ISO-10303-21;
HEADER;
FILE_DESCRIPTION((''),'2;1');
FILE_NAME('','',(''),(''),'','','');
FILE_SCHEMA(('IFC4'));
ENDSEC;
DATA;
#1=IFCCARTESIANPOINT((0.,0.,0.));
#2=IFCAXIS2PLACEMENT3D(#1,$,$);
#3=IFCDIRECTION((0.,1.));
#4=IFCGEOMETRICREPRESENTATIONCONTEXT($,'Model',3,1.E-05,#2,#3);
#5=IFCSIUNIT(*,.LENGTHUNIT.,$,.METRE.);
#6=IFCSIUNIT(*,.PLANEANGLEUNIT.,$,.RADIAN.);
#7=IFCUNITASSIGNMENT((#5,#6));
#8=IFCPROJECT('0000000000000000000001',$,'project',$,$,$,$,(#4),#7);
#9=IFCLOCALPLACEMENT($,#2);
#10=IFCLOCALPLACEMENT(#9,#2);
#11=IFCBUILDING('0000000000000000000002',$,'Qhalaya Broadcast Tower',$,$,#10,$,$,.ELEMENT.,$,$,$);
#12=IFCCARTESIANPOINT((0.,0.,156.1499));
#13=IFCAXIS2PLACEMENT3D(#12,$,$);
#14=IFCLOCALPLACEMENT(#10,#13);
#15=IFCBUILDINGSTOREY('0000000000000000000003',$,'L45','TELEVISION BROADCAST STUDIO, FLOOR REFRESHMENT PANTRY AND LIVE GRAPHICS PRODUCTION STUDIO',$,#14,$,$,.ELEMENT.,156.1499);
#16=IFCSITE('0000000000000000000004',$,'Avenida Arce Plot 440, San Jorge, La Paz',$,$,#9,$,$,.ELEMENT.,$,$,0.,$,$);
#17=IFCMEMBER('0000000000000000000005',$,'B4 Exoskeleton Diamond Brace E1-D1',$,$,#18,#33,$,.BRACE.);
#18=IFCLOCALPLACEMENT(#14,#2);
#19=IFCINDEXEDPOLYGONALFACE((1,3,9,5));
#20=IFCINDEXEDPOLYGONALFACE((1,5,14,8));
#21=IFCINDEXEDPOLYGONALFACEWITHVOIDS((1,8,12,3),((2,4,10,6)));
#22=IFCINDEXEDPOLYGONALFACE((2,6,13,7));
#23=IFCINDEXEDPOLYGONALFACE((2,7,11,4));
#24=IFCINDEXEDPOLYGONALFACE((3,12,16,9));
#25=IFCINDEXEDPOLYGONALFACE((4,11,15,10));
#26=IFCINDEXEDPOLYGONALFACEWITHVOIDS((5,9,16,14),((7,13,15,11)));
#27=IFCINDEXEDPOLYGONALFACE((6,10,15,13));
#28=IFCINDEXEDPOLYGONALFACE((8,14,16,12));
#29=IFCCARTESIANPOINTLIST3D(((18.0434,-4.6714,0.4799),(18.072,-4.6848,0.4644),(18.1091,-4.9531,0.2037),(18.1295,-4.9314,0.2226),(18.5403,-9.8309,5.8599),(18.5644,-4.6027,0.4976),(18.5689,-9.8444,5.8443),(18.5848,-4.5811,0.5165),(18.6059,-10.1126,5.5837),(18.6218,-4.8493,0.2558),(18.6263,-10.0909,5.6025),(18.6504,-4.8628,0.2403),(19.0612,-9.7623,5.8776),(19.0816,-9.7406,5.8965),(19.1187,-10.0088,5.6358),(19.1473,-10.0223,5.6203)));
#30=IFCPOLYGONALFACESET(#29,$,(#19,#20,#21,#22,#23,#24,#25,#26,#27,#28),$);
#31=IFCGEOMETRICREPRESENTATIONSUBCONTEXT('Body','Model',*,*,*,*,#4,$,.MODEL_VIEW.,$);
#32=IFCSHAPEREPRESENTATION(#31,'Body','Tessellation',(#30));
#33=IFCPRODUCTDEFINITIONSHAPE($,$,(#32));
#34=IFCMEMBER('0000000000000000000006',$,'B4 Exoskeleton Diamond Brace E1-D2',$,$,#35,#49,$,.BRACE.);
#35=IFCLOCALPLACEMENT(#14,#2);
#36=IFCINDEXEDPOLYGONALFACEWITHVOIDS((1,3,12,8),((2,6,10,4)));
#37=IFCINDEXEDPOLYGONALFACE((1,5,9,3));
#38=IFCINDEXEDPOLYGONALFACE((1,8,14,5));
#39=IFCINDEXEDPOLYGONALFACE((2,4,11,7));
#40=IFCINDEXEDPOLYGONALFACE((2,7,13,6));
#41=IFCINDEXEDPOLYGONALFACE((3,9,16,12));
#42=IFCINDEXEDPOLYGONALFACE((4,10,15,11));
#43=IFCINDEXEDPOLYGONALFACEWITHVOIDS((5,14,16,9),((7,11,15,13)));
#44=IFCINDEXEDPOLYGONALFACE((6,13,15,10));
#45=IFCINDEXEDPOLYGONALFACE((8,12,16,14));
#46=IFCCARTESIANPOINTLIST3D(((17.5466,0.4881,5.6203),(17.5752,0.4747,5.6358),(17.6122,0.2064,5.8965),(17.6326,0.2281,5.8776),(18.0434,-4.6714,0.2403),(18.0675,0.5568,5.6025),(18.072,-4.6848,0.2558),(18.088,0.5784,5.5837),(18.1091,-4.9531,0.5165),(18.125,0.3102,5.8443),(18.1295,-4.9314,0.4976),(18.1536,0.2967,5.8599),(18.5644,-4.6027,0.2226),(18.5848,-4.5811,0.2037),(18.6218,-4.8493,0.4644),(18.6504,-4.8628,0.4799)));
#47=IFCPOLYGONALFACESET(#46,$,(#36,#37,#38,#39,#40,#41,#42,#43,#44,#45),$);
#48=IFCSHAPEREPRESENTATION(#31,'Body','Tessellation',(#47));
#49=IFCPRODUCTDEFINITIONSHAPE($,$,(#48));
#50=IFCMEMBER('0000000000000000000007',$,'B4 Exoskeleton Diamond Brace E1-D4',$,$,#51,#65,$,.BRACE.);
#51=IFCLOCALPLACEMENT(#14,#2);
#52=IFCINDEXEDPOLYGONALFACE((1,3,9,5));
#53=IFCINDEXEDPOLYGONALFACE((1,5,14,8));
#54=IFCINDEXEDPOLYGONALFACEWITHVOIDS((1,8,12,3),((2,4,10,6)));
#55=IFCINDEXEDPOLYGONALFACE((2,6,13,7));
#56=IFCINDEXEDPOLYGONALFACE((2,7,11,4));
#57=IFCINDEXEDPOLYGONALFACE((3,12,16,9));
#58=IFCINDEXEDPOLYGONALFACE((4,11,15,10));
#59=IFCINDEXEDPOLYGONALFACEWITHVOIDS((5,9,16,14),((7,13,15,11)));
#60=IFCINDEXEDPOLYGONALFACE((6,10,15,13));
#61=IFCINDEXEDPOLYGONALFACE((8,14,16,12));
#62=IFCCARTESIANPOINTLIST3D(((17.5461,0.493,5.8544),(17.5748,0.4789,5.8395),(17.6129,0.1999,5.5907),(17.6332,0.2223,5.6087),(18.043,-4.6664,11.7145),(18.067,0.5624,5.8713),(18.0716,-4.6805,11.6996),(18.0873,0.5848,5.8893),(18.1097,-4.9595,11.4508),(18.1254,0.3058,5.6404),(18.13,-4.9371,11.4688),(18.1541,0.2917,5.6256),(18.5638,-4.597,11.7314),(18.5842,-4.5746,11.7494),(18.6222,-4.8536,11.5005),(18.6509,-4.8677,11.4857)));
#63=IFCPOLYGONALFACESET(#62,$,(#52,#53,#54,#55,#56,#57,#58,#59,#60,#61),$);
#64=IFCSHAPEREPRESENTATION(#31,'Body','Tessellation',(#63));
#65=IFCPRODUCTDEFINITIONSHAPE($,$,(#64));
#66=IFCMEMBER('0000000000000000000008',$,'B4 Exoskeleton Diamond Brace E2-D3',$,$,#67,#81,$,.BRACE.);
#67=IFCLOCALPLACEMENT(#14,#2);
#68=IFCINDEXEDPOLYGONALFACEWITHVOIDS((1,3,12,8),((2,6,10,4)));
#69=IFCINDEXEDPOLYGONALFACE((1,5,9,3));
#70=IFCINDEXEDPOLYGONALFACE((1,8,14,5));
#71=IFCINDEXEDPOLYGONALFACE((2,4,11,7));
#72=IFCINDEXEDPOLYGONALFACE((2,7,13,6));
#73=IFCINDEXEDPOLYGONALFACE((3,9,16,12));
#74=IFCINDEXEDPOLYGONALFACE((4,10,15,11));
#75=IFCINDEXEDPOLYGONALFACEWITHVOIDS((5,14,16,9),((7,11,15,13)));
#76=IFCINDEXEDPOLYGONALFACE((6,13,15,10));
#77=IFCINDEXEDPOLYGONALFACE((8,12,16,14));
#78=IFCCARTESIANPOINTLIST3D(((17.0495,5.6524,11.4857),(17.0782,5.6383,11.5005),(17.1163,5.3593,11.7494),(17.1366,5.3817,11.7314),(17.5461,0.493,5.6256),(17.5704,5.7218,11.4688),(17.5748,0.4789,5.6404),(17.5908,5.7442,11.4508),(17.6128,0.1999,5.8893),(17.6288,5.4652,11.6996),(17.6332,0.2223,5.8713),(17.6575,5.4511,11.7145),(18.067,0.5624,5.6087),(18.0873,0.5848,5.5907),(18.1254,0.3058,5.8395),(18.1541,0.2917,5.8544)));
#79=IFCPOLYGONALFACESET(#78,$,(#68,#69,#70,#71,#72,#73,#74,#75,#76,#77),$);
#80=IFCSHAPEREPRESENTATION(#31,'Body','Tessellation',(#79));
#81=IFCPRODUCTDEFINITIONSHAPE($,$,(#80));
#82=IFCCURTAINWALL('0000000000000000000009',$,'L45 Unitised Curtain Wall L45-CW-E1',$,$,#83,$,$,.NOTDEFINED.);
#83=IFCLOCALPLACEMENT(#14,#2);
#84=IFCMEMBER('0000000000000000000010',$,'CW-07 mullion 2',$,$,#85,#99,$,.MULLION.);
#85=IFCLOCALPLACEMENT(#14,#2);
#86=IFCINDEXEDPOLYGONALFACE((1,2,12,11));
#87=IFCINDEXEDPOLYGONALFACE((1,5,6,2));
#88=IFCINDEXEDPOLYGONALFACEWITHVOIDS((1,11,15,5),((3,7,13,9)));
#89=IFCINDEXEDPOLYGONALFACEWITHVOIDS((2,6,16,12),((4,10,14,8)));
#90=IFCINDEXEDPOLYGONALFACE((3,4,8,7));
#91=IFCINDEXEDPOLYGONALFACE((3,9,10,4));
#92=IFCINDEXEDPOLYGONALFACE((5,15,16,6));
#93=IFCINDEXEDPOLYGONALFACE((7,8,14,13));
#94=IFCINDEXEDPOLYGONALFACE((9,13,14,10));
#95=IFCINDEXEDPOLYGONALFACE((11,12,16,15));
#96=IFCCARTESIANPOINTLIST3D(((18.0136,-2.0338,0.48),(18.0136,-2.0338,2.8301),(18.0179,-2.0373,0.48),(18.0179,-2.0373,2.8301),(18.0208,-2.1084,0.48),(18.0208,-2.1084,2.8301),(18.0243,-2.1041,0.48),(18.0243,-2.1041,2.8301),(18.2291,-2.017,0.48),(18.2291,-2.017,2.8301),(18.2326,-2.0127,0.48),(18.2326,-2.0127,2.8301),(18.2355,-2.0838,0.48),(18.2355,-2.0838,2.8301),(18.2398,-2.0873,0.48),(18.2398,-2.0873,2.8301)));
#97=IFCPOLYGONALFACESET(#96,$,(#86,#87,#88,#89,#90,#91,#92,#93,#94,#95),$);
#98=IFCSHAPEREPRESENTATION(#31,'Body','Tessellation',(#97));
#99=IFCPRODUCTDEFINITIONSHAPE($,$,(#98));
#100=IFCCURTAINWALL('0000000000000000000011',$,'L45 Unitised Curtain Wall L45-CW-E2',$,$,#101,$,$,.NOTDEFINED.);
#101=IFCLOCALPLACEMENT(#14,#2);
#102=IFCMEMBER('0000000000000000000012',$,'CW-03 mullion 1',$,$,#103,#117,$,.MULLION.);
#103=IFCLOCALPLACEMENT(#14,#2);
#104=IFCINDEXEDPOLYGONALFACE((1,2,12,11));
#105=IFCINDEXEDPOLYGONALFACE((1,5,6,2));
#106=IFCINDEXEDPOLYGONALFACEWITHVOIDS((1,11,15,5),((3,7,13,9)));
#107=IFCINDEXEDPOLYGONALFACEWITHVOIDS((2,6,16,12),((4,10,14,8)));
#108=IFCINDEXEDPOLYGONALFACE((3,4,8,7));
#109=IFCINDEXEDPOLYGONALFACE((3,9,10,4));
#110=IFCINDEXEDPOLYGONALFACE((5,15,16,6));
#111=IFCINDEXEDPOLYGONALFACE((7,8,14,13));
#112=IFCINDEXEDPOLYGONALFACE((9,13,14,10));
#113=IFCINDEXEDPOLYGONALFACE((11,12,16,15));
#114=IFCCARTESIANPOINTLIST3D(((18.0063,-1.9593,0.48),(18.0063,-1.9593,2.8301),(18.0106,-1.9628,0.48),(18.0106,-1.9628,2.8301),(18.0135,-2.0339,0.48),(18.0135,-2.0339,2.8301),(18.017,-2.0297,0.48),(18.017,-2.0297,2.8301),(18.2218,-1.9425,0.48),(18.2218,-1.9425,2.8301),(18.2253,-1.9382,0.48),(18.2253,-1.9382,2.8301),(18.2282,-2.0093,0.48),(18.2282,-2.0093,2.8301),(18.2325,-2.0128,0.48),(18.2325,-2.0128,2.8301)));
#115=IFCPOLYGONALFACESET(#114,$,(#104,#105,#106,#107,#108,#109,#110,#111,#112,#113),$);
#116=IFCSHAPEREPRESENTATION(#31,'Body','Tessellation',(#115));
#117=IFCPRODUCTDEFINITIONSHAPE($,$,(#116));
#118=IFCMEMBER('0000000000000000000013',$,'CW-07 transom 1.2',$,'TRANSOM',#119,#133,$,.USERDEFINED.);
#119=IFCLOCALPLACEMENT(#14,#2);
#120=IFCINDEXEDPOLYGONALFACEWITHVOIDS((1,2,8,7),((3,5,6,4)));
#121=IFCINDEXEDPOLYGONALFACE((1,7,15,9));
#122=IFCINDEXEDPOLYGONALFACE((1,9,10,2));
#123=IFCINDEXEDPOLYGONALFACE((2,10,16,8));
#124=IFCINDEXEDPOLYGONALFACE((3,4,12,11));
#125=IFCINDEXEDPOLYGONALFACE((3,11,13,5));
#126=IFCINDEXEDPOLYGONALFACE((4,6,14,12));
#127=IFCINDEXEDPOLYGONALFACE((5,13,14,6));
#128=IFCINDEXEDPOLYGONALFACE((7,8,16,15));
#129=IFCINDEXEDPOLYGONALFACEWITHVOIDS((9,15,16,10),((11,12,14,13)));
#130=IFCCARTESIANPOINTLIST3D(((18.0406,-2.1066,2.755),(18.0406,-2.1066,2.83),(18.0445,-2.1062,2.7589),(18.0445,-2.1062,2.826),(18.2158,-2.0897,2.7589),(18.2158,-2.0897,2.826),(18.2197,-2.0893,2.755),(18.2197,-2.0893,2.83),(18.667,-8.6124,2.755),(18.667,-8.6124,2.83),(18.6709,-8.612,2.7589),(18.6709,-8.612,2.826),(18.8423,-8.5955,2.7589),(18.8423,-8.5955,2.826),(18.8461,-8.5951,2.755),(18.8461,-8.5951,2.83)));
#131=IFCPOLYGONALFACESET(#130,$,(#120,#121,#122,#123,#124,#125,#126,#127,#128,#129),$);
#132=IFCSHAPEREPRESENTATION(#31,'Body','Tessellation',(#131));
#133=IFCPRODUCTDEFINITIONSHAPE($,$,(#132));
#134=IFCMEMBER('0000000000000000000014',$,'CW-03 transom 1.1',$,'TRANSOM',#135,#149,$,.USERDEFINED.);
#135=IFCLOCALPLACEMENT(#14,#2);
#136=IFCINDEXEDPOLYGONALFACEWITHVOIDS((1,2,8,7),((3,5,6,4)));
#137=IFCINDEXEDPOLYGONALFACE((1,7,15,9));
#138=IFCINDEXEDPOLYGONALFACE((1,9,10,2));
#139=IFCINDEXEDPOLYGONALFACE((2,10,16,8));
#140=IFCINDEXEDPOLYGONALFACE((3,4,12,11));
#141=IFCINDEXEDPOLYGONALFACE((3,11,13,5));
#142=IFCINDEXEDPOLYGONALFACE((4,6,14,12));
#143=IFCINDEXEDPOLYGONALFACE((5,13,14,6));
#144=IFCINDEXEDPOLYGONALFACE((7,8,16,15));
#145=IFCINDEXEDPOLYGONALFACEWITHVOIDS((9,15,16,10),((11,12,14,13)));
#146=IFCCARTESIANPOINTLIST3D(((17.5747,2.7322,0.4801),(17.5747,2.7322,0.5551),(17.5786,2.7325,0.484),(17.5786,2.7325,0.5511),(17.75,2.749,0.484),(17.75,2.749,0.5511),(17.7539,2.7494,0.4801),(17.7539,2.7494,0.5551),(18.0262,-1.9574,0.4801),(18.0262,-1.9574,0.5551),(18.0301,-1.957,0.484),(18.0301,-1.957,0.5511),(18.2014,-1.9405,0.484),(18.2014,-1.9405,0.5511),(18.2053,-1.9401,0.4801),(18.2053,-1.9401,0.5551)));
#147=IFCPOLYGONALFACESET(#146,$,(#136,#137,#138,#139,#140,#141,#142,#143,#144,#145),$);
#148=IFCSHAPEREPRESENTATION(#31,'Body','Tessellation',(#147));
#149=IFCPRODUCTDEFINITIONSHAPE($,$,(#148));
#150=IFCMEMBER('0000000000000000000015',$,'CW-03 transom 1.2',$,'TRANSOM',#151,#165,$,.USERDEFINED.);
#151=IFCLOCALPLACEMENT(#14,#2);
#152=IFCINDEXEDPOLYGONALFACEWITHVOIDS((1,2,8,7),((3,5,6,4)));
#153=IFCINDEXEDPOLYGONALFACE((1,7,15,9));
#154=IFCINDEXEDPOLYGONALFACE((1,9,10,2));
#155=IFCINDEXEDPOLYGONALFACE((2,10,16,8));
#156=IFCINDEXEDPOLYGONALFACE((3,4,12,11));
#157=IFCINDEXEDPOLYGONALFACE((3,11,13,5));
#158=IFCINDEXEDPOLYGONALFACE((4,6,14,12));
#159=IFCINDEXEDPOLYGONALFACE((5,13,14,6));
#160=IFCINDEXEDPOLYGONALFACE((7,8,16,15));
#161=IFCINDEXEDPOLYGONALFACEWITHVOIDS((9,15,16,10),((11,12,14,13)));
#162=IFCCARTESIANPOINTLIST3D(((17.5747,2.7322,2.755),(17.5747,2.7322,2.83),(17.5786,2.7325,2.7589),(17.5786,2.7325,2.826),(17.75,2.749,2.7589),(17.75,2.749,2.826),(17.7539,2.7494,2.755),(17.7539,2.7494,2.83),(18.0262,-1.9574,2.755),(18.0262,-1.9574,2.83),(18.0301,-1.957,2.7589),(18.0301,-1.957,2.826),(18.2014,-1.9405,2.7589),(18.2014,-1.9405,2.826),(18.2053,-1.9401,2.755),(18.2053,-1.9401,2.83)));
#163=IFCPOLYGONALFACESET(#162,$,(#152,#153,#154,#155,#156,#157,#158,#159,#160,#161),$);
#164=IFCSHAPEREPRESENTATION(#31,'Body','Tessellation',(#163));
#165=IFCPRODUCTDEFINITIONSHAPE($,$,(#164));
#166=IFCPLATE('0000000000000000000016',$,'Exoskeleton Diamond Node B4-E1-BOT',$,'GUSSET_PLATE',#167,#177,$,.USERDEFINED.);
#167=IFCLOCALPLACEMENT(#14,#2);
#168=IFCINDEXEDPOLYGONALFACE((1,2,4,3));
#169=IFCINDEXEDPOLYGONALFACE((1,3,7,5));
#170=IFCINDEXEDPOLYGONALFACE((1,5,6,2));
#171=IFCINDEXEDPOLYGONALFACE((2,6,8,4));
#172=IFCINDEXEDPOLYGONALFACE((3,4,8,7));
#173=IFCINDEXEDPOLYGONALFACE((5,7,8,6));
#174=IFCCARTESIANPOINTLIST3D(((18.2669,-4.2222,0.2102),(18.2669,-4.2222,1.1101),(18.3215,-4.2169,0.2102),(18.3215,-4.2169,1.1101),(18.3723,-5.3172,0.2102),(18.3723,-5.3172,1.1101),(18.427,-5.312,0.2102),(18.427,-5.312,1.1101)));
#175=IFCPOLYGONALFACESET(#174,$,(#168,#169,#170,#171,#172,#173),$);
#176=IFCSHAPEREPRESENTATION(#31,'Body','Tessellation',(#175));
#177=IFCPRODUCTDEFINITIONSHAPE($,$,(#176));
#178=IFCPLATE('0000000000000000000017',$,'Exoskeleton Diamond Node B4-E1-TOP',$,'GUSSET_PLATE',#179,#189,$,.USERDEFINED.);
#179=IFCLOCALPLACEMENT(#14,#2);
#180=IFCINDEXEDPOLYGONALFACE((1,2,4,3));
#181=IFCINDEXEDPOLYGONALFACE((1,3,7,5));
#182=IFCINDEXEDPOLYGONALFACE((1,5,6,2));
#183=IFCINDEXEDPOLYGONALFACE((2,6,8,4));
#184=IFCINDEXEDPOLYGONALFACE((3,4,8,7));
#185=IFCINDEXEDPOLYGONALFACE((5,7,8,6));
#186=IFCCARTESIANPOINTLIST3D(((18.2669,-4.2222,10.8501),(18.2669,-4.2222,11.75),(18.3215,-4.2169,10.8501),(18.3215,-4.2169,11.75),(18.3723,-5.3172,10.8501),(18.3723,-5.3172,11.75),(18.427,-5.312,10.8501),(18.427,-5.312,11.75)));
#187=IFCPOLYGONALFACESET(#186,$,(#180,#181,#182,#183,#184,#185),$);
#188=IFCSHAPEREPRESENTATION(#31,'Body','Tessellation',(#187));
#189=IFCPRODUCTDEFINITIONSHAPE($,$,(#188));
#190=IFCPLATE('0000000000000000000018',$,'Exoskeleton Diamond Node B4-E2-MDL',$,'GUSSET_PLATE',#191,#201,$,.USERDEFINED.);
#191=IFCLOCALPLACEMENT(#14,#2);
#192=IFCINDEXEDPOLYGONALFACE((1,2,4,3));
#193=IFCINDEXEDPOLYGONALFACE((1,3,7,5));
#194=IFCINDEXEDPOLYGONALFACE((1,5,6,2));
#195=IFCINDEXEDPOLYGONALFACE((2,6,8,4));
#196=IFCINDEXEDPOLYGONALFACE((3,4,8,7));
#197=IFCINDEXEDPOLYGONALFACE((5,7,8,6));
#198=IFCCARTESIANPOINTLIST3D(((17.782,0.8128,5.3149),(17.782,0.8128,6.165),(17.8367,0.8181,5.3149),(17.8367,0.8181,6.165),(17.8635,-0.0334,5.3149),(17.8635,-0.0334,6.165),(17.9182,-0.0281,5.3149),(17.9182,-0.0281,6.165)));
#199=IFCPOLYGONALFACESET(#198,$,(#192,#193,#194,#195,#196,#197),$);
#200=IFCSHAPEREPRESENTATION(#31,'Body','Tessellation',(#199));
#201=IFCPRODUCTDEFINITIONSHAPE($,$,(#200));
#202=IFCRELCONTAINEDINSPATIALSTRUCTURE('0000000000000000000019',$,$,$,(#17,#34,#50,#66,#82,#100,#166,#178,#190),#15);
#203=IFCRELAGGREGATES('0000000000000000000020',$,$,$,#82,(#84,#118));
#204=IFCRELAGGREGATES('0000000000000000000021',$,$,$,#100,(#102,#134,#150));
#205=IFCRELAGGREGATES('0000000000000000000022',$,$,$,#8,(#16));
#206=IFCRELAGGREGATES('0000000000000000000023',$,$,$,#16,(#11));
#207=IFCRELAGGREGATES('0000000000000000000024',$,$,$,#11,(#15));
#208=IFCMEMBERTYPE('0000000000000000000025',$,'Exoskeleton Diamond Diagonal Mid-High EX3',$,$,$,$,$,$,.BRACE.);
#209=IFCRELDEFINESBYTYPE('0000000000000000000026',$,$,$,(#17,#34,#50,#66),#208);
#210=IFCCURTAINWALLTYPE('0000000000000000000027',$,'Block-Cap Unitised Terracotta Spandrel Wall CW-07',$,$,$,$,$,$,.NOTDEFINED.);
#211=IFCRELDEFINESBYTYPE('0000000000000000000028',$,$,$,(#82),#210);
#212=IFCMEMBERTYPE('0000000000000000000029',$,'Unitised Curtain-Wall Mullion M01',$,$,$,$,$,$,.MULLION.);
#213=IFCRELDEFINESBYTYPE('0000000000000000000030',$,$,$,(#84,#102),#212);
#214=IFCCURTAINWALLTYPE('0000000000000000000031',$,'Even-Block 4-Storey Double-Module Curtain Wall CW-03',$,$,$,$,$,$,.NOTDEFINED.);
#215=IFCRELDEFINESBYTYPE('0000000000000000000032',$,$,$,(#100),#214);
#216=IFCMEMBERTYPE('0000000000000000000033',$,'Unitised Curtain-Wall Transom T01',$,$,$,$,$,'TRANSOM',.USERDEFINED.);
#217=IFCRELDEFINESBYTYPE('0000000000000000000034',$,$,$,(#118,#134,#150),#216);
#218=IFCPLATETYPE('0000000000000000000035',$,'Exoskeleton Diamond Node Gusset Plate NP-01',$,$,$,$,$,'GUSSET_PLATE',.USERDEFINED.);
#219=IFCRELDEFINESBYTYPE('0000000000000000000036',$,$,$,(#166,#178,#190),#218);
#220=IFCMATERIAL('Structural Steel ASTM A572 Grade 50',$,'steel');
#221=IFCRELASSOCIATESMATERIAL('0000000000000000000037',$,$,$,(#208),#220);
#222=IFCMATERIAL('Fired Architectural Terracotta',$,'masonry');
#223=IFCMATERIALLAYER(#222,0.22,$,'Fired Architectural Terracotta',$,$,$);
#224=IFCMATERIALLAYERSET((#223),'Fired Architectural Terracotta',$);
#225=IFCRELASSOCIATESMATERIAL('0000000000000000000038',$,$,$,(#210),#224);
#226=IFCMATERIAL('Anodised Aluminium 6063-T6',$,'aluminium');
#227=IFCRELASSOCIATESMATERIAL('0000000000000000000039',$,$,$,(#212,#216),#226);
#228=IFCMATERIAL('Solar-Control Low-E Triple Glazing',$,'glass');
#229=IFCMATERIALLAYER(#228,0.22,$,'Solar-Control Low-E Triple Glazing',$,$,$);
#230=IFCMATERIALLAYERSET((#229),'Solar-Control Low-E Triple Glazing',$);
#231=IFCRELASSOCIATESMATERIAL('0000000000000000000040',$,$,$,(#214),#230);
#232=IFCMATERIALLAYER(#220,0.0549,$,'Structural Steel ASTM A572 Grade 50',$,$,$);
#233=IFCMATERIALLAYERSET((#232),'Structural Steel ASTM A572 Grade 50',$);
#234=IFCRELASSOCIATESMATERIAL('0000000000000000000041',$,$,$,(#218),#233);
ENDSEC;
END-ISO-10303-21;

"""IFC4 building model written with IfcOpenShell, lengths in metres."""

from ifc_helpers import new_model, si_unit, direction, frame, origin, origin_2d, place, context, subcontext, project, spatial, rectangle, hollow_rectangle, extrude, material, layer, layer_set, material_profile, profile_set, type_object, element, aggregate, save


model = new_model("IFC4")

# Units and contexts
model_context = context("Model", 3, precision=1e-05, world=origin(), true_north=direction((0.0, 1.0)))
body_context = subcontext(model_context, "Body", "Model", "MODEL_VIEW")
ifc_project = project(units=[si_unit("LENGTHUNIT", "METRE"), si_unit("PLANEANGLEUNIT", "RADIAN")], contexts=[model_context])

# Site, building, storey
site_placement = place(None, origin())
site = spatial("IfcSite", under=ifc_project, at=site_placement, Name="Avenida Arce Plot 440, San Jorge, La Paz", CompositionType="ELEMENT", RefElevation=0.0)
building_placement = place(site_placement, origin())
building = spatial("IfcBuilding", under=site, at=building_placement, Name="Qhalaya Broadcast Tower", CompositionType="ELEMENT")
storey_placement = place(building_placement, frame((0.0, 0.0, 156.1499)))
storey = spatial("IfcBuildingStorey", under=building, at=storey_placement, Name="L45", Description="TELEVISION BROADCAST STUDIO, FLOOR REFRESHMENT PANTRY AND LIVE GRAPHICS PRODUCTION STUDIO", CompositionType="ELEMENT", Elevation=156.1499)

# Members
ifc_material_1 = material(Name="Structural Steel ASTM A572 Grade 50", Category="steel")
ifc_material_profile_1 = material_profile(ifc_material_1, hollow_rectangle(XDim=0.3999, YDim=0.55, WallThickness=0.0249, at=origin_2d()), Name="BOX 400x550x25")
ifc_profile_set_1 = profile_set([ifc_material_profile_1], Name="Structural Steel ASTM A572 Grade 50")
member_type_1 = type_object("IfcMemberType", Name="Exoskeleton Diamond Diagonal Mid-High EX3", PredefinedType="BRACE", material=ifc_profile_set_1)
for number, where, z_axis, x_axis, name in (
    (1, (18.3469, -4.7671, 0.3601), (0.066504, -0.690632, 0.720142), (-0.164113, 0.704339, 0.690632), "B4 Exoskeleton Diamond Brace E1-D1"),
    (2, (18.3469, -4.7671, 0.3601), (-0.066504, 0.690632, 0.720142), (0.164113, -0.704339, 0.690632), "B4 Exoskeleton Diamond Brace E1-D2"),
):
    element("IfcMember", number, at=place(storey_placement, frame(where, z_axis=z_axis, x_axis=x_axis)), inside=storey, type_object=member_type_1, Name=name, PredefinedType="BRACE", context=body_context, shape_type="SweptSolid", body=[
        extrude(hollow_rectangle(XDim=0.3999, YDim=0.55, WallThickness=0.0249, at=origin_2d()), origin(), (0.0, 0.0, 1.0), 7.4707),
    ])
for number, where, z_axis, x_axis, name in (
    (3, (17.8501, 0.3923, 5.74), (0.063504, -0.659477, 0.749038), (-0.16687, 0.73297, 0.659477), "B4 Exoskeleton Diamond Brace E1-D4"),
    (4, (17.8501, 0.3923, 5.74), (-0.063473, 0.659478, 0.749039), (0.166836, -0.732979, 0.659475), "B4 Exoskeleton Diamond Brace E2-D3"),
):
    element("IfcMember", number, at=place(storey_placement, frame(where, z_axis=z_axis, x_axis=x_axis)), inside=storey, type_object=member_type_1, Name=name, PredefinedType="BRACE", context=body_context, shape_type="SweptSolid", body=[
        extrude(hollow_rectangle(XDim=0.3999, YDim=0.55, WallThickness=0.0249, at=origin_2d()), origin(), (0.0, 0.0, 1.0), 7.8235),
    ])

# Curtain walls, members
ifc_material_2 = material(Name="Fired Architectural Terracotta", Category="masonry")
ifc_layer_1 = layer(ifc_material_2, 0.22, Name="Fired Architectural Terracotta")
ifc_layer_set_1 = layer_set([ifc_layer_1], Name="Fired Architectural Terracotta")
curtain_wall_type_1 = type_object("IfcCurtainWallType", Name="Block-Cap Unitised Terracotta Spandrel Wall CW-07", PredefinedType="NOTDEFINED", material=ifc_layer_set_1)
curtain_wall_1_placement = place(storey_placement, origin())
curtain_wall_1 = element("IfcCurtainWall", 5, at=curtain_wall_1_placement, inside=storey, type_object=curtain_wall_type_1, Name="L45 Unitised Curtain Wall L45-CW-E1", PredefinedType="NOTDEFINED")
ifc_material_3 = material(Name="Anodised Aluminium 6063-T6", Category="aluminium")
ifc_material_profile_2 = material_profile(ifc_material_3, hollow_rectangle(XDim=0.075, YDim=0.22, WallThickness=0.0039, at=origin_2d()), Name="ALU-MUL 75x220x4")
ifc_profile_set_2 = profile_set([ifc_material_profile_2], Name="Anodised Aluminium 6063-T6")
member_type_2 = type_object("IfcMemberType", Name="Unitised Curtain-Wall Mullion M01", PredefinedType="MULLION", material=ifc_profile_set_2)
member_1_placement = place(storey_placement, frame((18.1267, -2.0605, 0.48), z_axis=(0.0, 0.0, 1.0), x_axis=(-0.095842, 0.995397, 0.0)))
member_1 = element("IfcMember", 6, at=member_1_placement, type_object=member_type_2, Name="CW-07 mullion 2", PredefinedType="MULLION", context=body_context, shape_type="SweptSolid", body=[
    extrude(hollow_rectangle(XDim=0.075, YDim=0.22, WallThickness=0.0039, at=origin_2d()), origin(), (0.0, 0.0, 1.0), 2.3501),
])
ifc_material_4 = material(Name="Solar-Control Low-E Triple Glazing", Category="glass")
ifc_layer_2 = layer(ifc_material_4, 0.22, Name="Solar-Control Low-E Triple Glazing")
ifc_layer_set_2 = layer_set([ifc_layer_2], Name="Solar-Control Low-E Triple Glazing")
curtain_wall_type_2 = type_object("IfcCurtainWallType", Name="Even-Block 4-Storey Double-Module Curtain Wall CW-03", PredefinedType="NOTDEFINED", material=ifc_layer_set_2)
curtain_wall_2_placement = place(storey_placement, origin())
curtain_wall_2 = element("IfcCurtainWall", 7, at=curtain_wall_2_placement, inside=storey, type_object=curtain_wall_type_2, Name="L45 Unitised Curtain Wall L45-CW-E2", PredefinedType="NOTDEFINED")
member_2_placement = place(storey_placement, frame((18.1194, -1.9861, 0.48), z_axis=(0.0, 0.0, 1.0), x_axis=(-0.095845, 0.995396, 0.0)))
member_2 = element("IfcMember", 8, at=member_2_placement, type_object=member_type_2, Name="CW-03 mullion 1", PredefinedType="MULLION", context=body_context, shape_type="SweptSolid", body=[
    extrude(hollow_rectangle(XDim=0.075, YDim=0.22, WallThickness=0.0039, at=origin_2d()), origin(), (0.0, 0.0, 1.0), 2.3501),
])

# Members
ifc_material_profile_3 = material_profile(ifc_material_3, hollow_rectangle(XDim=0.075, YDim=0.1799, WallThickness=0.0039, at=origin_2d()), Name="ALU-TRN 75x180x4")
ifc_profile_set_3 = profile_set([ifc_material_profile_3], Name="Anodised Aluminium 6063-T6")
member_type_3 = type_object("IfcMemberType", Name="Unitised Curtain-Wall Transom T01", ElementType="TRANSOM", PredefinedType="USERDEFINED", material=ifc_profile_set_3)
member_3_placement = place(storey_placement, frame((18.7566, -8.6038, 2.7925), z_axis=(-0.095849, 0.995396, 0.0), x_axis=(0.0, 0.0, 1.0)))
member_3 = element("IfcMember", 9, at=member_3_placement, type_object=member_type_3, Name="CW-07 transom 1.2", ObjectType="TRANSOM", PredefinedType="USERDEFINED", context=body_context, shape_type="SweptSolid", body=[
    extrude(hollow_rectangle(XDim=0.075, YDim=0.1799, WallThickness=0.0039, at=origin_2d()), origin(), (0.0, 0.0, 1.0), 6.5359),
])
member_4_placement = place(storey_placement, frame((18.1157, -1.9487, 0.5176), z_axis=(-0.095819, 0.995399, 0.0), x_axis=(0.0, 0.0, 1.0)))
member_4 = element("IfcMember", 10, at=member_4_placement, type_object=member_type_3, Name="CW-03 transom 1.1", ObjectType="TRANSOM", PredefinedType="USERDEFINED", context=body_context, shape_type="SweptSolid", body=[
    extrude(hollow_rectangle(XDim=0.075, YDim=0.1799, WallThickness=0.0039, at=origin_2d()), origin(), (0.0, 0.0, 1.0), 4.7112),
])
member_5_placement = place(storey_placement, frame((18.1157, -1.9487, 2.7925), z_axis=(-0.095819, 0.995399, 0.0), x_axis=(0.0, 0.0, 1.0)))
member_5 = element("IfcMember", 11, at=member_5_placement, type_object=member_type_3, Name="CW-03 transom 1.2", ObjectType="TRANSOM", PredefinedType="USERDEFINED", context=body_context, shape_type="SweptSolid", body=[
    extrude(hollow_rectangle(XDim=0.075, YDim=0.1799, WallThickness=0.0039, at=origin_2d()), origin(), (0.0, 0.0, 1.0), 4.7112),
])

# Plates
ifc_layer_3 = layer(ifc_material_1, 0.0549, Name="Structural Steel ASTM A572 Grade 50")
ifc_layer_set_3 = layer_set([ifc_layer_3], Name="Structural Steel ASTM A572 Grade 50")
plate_type_1 = type_object("IfcPlateType", Name="Exoskeleton Diamond Node Gusset Plate NP-01", ElementType="GUSSET_PLATE", PredefinedType="USERDEFINED", material=ifc_layer_set_3)
for number, where, z_axis, x_axis, name in (
    (12, (18.3469, -4.7671, 0.2102), (0.0, 0.0, 1.0), (-0.095846, 0.995396, 0.0), "Exoskeleton Diamond Node B4-E1-BOT"),
    (13, (18.3469, -4.7671, 10.8501), (0.0, 0.0, 1.0), (-0.095846, 0.995396, 0.0), "Exoskeleton Diamond Node B4-E1-TOP"),
):
    element("IfcPlate", number, at=place(storey_placement, frame(where, z_axis=z_axis, x_axis=x_axis)), inside=storey, type_object=plate_type_1, Name=name, ObjectType="GUSSET_PLATE", PredefinedType="USERDEFINED", context=body_context, shape_type="SweptSolid", body=[
        extrude(rectangle(XDim=1.1001, YDim=0.0549, at=origin_2d()), origin(), (0.0, 0.0, 1.0), 0.8999),
    ])
plate_1_placement = place(storey_placement, frame((17.8501, 0.3923, 5.3149), z_axis=(0.0, 0.0, 1.0), x_axis=(-0.095846, 0.995396, 0.0)))
element("IfcPlate", 14, at=plate_1_placement, inside=storey, type_object=plate_type_1, Name="Exoskeleton Diamond Node B4-E2-MDL", ObjectType="GUSSET_PLATE", PredefinedType="USERDEFINED", context=body_context, shape_type="SweptSolid", body=[
    extrude(rectangle(XDim=0.8501, YDim=0.0549, at=origin_2d()), origin(), (0.0, 0.0, 1.0), 0.8501),
])

aggregate(curtain_wall_1, [member_1, member_3])
aggregate(curtain_wall_2, [member_2, member_4, member_5])

save(model, "model.ifc")
